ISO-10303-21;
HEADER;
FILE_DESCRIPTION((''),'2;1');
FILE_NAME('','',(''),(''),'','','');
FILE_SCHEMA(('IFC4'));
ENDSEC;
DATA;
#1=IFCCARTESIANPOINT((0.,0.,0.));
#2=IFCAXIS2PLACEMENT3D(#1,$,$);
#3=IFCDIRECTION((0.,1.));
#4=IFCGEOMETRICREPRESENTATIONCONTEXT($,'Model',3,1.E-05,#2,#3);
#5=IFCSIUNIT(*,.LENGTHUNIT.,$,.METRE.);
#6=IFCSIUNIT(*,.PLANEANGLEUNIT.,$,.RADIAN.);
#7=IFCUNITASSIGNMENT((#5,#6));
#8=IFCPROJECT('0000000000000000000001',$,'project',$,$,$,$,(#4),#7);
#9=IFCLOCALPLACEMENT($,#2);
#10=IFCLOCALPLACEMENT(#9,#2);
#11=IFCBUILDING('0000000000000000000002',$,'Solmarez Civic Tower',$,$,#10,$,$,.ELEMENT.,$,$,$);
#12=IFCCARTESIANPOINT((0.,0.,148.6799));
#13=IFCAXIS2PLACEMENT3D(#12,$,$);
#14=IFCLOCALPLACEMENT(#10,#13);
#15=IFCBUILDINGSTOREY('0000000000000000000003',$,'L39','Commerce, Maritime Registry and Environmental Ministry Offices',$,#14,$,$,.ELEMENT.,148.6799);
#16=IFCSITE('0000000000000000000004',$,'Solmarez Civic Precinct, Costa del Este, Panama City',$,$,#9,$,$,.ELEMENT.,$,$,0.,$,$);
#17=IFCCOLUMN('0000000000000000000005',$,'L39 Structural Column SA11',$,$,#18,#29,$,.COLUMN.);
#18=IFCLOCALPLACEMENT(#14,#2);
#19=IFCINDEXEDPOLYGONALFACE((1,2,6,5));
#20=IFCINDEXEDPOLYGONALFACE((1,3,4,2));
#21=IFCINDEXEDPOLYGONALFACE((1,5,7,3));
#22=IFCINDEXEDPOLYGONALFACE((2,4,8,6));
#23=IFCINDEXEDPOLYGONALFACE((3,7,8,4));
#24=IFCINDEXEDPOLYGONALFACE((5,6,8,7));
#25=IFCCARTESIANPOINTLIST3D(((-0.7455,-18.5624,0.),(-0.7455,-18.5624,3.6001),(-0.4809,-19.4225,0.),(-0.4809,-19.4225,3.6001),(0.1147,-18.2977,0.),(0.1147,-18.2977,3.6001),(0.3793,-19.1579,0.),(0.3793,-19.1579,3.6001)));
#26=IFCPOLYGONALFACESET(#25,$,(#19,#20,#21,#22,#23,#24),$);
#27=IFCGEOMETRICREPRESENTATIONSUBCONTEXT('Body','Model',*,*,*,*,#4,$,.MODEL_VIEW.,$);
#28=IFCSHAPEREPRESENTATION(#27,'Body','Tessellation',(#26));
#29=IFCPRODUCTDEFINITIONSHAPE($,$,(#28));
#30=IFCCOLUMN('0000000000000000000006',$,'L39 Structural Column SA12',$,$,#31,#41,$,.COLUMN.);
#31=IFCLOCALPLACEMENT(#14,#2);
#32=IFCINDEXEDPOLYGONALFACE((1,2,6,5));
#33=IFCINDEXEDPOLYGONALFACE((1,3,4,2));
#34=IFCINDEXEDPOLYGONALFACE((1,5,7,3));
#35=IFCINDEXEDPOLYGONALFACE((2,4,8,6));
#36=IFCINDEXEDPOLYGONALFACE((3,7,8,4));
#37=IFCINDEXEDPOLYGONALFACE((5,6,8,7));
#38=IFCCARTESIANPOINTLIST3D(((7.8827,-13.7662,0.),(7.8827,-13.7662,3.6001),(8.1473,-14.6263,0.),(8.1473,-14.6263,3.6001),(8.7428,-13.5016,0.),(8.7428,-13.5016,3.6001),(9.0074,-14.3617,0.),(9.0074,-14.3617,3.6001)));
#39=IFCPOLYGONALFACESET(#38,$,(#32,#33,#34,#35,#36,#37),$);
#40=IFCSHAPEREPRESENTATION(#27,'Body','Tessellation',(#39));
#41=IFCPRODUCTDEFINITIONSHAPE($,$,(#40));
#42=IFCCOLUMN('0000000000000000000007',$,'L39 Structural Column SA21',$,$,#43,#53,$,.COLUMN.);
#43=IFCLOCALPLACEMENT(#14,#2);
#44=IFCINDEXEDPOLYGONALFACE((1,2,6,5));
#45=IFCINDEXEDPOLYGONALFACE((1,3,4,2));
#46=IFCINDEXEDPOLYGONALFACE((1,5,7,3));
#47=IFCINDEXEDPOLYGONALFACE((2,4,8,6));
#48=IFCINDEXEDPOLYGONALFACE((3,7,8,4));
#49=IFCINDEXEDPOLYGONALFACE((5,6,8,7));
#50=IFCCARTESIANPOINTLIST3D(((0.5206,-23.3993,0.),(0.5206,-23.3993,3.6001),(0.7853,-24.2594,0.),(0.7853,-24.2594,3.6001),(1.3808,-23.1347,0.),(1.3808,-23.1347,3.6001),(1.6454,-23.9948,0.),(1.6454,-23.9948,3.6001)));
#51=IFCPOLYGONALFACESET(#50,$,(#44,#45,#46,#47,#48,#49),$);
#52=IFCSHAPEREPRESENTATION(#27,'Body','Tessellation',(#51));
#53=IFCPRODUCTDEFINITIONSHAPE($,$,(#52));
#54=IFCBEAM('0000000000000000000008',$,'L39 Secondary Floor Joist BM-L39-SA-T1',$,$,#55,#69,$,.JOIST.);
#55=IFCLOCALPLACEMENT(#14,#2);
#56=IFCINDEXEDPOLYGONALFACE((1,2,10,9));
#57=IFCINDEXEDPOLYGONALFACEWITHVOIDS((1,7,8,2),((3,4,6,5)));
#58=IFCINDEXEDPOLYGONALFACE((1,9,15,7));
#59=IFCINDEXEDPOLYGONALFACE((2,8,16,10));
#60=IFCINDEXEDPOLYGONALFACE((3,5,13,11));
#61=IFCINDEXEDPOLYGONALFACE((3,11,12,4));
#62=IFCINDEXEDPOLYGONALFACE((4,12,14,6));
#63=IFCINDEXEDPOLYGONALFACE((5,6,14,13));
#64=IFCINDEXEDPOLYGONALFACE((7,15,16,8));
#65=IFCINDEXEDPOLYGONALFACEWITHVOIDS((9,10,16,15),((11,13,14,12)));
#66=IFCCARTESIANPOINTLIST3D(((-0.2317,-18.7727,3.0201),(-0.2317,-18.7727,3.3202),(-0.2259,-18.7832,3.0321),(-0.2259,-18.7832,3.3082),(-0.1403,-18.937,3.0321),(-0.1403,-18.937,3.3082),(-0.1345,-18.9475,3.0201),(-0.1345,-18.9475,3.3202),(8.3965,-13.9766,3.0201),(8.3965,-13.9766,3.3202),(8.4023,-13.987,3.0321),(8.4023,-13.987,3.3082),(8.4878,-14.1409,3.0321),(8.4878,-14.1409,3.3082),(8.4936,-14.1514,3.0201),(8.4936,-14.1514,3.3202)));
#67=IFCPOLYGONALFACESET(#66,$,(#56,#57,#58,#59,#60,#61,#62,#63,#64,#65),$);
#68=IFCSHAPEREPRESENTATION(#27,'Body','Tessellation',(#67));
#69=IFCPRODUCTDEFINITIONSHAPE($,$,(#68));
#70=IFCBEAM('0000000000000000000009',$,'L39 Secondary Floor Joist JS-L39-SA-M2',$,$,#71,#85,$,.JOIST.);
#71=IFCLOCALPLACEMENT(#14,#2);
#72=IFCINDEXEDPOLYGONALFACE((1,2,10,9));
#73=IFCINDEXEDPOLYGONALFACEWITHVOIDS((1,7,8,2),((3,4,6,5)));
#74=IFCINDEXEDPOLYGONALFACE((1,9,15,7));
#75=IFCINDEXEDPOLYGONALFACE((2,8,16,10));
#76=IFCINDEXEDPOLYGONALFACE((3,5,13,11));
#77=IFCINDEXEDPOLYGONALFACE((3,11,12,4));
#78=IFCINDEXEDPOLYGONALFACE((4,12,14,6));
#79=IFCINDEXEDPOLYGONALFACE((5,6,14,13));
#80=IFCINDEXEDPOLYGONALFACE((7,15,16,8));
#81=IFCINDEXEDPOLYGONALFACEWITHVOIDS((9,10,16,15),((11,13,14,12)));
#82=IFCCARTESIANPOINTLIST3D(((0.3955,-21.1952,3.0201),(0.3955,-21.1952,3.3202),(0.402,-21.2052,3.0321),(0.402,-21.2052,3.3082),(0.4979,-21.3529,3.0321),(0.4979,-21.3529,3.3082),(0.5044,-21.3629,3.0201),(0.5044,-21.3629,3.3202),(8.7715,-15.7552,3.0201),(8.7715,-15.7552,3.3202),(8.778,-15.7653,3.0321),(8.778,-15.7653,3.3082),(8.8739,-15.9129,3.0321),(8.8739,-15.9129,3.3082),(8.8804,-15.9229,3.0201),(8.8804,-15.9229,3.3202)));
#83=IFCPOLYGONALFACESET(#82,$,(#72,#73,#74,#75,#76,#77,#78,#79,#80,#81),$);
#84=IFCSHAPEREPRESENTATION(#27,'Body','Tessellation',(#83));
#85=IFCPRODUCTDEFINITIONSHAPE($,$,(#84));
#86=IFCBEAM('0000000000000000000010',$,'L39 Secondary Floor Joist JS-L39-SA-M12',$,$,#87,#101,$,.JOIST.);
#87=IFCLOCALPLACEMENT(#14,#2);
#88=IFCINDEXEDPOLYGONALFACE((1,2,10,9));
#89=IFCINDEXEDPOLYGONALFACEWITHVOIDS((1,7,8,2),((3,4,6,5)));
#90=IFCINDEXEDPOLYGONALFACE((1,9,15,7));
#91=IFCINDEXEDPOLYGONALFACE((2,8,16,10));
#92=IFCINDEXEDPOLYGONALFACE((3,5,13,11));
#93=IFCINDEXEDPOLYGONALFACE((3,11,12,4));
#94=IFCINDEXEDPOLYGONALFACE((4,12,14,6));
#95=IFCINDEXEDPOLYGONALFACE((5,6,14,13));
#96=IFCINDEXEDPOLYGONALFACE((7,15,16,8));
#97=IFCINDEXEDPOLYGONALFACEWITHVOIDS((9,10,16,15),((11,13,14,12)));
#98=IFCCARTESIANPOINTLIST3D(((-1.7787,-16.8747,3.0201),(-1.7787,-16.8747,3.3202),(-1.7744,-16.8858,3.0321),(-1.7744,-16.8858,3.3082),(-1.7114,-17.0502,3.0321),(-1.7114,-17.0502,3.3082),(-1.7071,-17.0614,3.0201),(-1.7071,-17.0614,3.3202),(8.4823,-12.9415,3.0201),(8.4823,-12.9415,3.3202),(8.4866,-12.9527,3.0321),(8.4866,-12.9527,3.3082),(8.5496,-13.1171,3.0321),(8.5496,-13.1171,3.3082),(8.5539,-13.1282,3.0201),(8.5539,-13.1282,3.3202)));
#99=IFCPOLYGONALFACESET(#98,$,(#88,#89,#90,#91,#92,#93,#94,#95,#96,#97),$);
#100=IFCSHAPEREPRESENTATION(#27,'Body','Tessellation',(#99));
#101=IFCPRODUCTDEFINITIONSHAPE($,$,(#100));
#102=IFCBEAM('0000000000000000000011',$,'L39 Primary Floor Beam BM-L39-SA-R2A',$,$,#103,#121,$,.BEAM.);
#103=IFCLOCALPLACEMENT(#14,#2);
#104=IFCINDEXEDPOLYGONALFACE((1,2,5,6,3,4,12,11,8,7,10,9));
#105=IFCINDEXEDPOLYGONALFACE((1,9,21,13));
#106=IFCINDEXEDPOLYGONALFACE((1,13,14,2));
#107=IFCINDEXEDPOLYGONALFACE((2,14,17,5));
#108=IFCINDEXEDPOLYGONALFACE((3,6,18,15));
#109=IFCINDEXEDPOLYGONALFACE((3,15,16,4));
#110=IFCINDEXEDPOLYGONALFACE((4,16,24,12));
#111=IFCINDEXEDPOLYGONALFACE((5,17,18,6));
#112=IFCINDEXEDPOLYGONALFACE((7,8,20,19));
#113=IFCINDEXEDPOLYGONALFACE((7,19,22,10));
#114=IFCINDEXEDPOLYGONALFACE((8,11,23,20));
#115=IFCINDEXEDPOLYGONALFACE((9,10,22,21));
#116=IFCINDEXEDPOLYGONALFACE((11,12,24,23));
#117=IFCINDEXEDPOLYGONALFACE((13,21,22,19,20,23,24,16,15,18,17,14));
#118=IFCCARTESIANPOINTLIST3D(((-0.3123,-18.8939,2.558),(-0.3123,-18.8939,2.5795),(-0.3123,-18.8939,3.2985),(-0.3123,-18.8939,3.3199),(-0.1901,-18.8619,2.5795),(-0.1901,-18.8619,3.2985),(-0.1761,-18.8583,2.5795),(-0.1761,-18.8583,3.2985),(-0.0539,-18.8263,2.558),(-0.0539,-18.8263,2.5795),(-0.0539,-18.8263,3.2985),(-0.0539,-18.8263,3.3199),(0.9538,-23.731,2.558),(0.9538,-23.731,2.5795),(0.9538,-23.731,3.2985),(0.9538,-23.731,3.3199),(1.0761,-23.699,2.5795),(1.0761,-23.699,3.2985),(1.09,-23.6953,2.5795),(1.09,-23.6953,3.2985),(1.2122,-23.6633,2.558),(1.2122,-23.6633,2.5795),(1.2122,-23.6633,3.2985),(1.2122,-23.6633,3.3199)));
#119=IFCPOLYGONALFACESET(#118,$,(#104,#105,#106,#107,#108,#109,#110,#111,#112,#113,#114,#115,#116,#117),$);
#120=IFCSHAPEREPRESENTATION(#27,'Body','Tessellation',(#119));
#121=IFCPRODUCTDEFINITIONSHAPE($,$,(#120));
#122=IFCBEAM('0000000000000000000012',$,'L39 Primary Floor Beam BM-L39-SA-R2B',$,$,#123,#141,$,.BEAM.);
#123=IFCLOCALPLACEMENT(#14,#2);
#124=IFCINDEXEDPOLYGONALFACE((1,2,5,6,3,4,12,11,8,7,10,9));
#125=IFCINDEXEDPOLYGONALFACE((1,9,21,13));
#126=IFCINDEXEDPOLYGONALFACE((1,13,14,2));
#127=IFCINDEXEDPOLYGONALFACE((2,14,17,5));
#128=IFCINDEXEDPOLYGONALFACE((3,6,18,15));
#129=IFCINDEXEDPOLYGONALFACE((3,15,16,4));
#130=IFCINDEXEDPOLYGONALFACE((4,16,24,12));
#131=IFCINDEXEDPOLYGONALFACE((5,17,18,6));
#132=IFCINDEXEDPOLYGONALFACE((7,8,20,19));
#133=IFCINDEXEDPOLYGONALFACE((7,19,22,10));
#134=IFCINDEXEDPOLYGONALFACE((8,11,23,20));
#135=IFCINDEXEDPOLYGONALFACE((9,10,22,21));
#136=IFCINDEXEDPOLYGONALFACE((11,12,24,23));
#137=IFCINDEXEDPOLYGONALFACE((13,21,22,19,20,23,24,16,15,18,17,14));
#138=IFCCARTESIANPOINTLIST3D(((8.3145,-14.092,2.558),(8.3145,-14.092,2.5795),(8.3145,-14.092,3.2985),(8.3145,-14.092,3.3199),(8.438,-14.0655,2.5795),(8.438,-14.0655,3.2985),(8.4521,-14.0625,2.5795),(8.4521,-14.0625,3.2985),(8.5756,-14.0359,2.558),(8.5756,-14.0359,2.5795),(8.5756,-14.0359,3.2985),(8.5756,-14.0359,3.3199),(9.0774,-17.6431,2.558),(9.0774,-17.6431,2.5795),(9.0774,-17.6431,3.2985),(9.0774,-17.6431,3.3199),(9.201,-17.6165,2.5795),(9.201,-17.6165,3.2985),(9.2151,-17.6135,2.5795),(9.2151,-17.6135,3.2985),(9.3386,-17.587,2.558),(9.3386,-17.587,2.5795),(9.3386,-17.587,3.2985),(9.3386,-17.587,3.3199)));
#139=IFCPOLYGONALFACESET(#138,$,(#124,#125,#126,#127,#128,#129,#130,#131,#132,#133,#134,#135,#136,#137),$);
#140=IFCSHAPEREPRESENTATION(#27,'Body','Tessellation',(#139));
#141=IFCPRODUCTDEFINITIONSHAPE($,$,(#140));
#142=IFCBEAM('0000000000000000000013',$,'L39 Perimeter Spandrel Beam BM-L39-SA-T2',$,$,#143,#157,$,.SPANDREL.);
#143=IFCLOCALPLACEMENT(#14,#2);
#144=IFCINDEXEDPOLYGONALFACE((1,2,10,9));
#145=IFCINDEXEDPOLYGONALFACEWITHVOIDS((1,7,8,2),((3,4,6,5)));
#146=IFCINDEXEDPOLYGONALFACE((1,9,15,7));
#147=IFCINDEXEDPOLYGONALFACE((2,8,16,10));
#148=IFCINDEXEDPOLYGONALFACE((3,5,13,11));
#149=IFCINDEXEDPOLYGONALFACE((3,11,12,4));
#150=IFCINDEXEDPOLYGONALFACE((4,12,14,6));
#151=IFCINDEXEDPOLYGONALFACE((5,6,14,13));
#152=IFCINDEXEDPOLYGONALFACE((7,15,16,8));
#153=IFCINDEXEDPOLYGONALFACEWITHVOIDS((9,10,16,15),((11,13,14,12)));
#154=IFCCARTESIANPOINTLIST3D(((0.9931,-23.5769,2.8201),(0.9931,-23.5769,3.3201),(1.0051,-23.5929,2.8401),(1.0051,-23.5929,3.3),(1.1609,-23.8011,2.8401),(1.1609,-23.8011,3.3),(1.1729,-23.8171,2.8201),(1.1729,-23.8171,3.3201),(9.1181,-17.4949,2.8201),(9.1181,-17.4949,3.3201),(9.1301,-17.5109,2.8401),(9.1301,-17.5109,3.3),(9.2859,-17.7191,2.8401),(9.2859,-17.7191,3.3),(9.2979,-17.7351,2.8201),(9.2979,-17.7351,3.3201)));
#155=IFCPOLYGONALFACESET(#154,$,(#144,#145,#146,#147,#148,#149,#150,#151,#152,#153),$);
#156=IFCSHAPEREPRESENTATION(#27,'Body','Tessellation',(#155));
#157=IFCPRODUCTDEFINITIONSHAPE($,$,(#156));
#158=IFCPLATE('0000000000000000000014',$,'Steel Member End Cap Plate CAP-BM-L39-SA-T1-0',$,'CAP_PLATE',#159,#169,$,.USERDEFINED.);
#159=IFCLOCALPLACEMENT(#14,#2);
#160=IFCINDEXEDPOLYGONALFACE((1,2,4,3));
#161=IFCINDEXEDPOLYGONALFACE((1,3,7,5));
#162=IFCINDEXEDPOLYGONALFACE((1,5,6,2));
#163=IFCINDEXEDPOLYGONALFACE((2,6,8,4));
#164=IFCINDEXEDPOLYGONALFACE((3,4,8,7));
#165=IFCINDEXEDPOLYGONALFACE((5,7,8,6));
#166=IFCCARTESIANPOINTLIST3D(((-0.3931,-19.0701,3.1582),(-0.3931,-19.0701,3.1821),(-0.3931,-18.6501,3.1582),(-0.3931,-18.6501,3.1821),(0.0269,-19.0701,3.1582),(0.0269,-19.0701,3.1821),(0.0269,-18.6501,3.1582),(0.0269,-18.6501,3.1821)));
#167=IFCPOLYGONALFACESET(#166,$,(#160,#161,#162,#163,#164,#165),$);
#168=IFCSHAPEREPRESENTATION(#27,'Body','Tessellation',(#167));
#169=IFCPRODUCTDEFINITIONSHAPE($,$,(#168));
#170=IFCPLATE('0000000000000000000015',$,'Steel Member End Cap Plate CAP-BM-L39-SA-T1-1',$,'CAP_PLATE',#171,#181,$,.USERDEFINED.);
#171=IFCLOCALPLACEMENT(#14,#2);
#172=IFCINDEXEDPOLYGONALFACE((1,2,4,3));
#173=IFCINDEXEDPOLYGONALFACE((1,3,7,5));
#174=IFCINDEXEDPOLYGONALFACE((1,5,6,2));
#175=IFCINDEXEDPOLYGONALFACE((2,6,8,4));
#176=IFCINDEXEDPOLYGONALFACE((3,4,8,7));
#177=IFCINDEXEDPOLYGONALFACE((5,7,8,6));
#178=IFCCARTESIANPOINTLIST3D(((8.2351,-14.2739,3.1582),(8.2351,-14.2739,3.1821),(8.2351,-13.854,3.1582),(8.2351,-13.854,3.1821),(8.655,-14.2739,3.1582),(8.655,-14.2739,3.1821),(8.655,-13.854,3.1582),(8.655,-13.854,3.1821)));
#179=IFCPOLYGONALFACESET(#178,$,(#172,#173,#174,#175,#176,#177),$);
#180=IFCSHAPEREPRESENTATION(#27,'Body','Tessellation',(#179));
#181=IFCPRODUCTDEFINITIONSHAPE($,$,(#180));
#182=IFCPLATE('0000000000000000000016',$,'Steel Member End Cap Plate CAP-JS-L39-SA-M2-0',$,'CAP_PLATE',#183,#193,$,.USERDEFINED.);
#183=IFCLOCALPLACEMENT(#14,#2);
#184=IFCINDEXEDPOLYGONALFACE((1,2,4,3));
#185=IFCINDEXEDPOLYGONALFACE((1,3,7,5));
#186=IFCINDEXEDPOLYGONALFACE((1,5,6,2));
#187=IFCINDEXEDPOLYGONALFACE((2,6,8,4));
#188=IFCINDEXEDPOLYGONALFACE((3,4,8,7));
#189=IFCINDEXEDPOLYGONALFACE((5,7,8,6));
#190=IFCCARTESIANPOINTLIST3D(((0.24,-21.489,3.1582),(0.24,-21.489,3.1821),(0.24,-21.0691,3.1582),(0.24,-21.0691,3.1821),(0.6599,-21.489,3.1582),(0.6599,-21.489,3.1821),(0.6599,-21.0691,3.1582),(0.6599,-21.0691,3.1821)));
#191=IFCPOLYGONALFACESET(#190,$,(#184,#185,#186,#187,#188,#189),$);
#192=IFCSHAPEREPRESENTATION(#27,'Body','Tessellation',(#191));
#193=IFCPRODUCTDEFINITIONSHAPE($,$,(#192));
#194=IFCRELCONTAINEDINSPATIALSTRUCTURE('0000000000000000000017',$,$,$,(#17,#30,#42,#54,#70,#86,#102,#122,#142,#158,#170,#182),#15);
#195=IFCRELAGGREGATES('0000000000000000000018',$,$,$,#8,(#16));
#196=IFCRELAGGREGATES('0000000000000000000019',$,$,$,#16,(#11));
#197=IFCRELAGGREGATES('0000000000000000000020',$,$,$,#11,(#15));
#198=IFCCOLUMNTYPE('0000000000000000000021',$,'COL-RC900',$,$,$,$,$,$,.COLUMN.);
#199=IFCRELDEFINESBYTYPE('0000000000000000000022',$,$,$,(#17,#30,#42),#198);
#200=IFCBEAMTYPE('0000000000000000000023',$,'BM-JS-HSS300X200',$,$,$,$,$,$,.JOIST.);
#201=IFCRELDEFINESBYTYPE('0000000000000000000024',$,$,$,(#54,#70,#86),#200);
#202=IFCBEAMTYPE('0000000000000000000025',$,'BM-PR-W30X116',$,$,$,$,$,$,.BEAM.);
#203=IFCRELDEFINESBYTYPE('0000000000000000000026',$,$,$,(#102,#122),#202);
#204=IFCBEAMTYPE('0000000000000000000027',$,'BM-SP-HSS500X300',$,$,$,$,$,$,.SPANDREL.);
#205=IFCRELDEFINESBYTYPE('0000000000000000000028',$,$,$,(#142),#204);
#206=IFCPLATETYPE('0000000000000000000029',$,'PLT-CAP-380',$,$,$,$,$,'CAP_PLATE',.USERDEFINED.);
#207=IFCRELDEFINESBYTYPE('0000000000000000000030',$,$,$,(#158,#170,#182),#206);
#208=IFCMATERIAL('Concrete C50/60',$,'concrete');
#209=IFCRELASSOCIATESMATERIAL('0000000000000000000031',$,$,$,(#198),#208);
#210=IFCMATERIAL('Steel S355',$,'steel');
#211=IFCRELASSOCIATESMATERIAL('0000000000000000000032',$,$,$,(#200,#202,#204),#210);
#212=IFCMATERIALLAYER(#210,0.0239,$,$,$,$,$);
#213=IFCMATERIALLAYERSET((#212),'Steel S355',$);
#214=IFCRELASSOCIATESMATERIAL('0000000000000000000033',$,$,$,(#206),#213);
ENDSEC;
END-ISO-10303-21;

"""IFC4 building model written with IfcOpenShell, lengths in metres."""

from ifc_helpers import new_model, si_unit, direction, frame, origin, origin_2d, place, context, subcontext, project, spatial, rectangle, hollow_rectangle, i_section, extrude, material, layer, layer_set, material_profile, profile_set, type_object, element, save


model = new_model("IFC4")

# Units and contexts
model_context = context("Model", 3, precision=1e-05, world=origin(), true_north=direction((0.0, 1.0)))
body_context = subcontext(model_context, "Body", "Model", "MODEL_VIEW")
ifc_project = project(units=[si_unit("LENGTHUNIT", "METRE"), si_unit("PLANEANGLEUNIT", "RADIAN")], contexts=[model_context])

# Site, building, storey
site_placement = place(None, origin())
site = spatial("IfcSite", under=ifc_project, at=site_placement, Name="Solmarez Civic Precinct, Costa del Este, Panama City", CompositionType="ELEMENT", RefElevation=0.0)
building_placement = place(site_placement, origin())
building = spatial("IfcBuilding", under=site, at=building_placement, Name="Solmarez Civic Tower", CompositionType="ELEMENT")
storey_placement = place(building_placement, frame((0.0, 0.0, 148.6799)))
storey = spatial("IfcBuildingStorey", under=building, at=storey_placement, Name="L39", Description="Commerce, Maritime Registry and Environmental Ministry Offices", CompositionType="ELEMENT", Elevation=148.6799)

# Columns
ifc_material_1 = material(Name="Concrete C50/60", Category="concrete")
ifc_material_profile_1 = material_profile(ifc_material_1, rectangle(XDim=0.8999, YDim=0.8999, at=origin_2d()), Name="RC900X900")
ifc_profile_set_1 = profile_set([ifc_material_profile_1], Name="Concrete C50/60")
column_type = type_object("IfcColumnType", Name="COL-RC900", PredefinedType="COLUMN", material=ifc_profile_set_1)
for number, where, z_axis, x_axis, name in (
    (1, (-0.1831, -18.8601, 0.0), (0.0, 0.0, 1.0), (0.955793, 0.29404, 0.0), "L39 Structural Column SA11"),
    (2, (8.4451, -14.064, 0.0), (0.0, 0.0, 1.0), (0.955793, 0.29404, 0.0), "L39 Structural Column SA12"),
    (3, (1.083, -23.697, 0.0), (0.0, 0.0, 1.0), (0.955793, 0.29404, 0.0), "L39 Structural Column SA21"),
):
    element("IfcColumn", number, at=place(storey_placement, frame(where, z_axis=z_axis, x_axis=x_axis)), inside=storey, type_object=column_type, Name=name, PredefinedType="COLUMN", context=body_context, shape_type="SweptSolid", body=[
        extrude(rectangle(XDim=0.8999, YDim=0.8999, at=origin_2d()), origin(), (0.0, 0.0, 1.0), 3.6001),
    ])

# Beams
ifc_material_2 = material(Name="Steel S355", Category="steel")
ifc_material_profile_2 = material_profile(ifc_material_2, hollow_rectangle(XDim=0.2, YDim=0.3, WallThickness=0.012, at=origin_2d()), Name="HSS300X200X12")
ifc_profile_set_2 = profile_set([ifc_material_profile_2], Name="Steel S355")
beam_type_1 = type_object("IfcBeamType", Name="BM-JS-HSS300X200", PredefinedType="JOIST", material=ifc_profile_set_2)
beam_1_placement = place(storey_placement, frame((-0.1831, -18.8601, 3.1702), z_axis=(0.874041, 0.485853, 0.0), x_axis=(-0.485853, 0.874041, 0.0)))
element("IfcBeam", 4, at=beam_1_placement, inside=storey, type_object=beam_type_1, Name="L39 Secondary Floor Joist BM-L39-SA-T1", PredefinedType="JOIST", context=body_context, shape_type="SweptSolid", body=[
    extrude(hollow_rectangle(XDim=0.2, YDim=0.3, WallThickness=0.012, at=origin_2d()), origin(), (0.0, 0.0, 1.0), 9.8716),
])
beam_2_placement = place(storey_placement, frame((0.45, -21.2791, 3.1702), z_axis=(0.838647, 0.544676, 0.0), x_axis=(-0.544676, 0.838647, 0.0)))
element("IfcBeam", 5, at=beam_2_placement, inside=storey, type_object=beam_type_1, Name="L39 Secondary Floor Joist JS-L39-SA-M2", PredefinedType="JOIST", context=body_context, shape_type="SweptSolid", body=[
    extrude(hollow_rectangle(XDim=0.2, YDim=0.3, WallThickness=0.012, at=origin_2d()), origin(), (0.0, 0.0, 1.0), 9.9875),
])
beam_3_placement = place(storey_placement, frame((-1.7429, -16.968, 3.1702), z_axis=(0.933754, 0.357914, 0.0), x_axis=(-0.357914, 0.933754, 0.0)))
element("IfcBeam", 6, at=beam_3_placement, inside=storey, type_object=beam_type_1, Name="L39 Secondary Floor Joist JS-L39-SA-M12", PredefinedType="JOIST", context=body_context, shape_type="SweptSolid", body=[
    extrude(hollow_rectangle(XDim=0.2, YDim=0.3, WallThickness=0.012, at=origin_2d()), origin(), (0.0, 0.0, 1.0), 10.989),
])
ifc_material_profile_3 = material_profile(ifc_material_2, i_section(OverallWidth=0.2671, OverallDepth=0.762, WebThickness=0.0144, FlangeThickness=0.0215, at=origin_2d()), Name="W30X116")
ifc_profile_set_3 = profile_set([ifc_material_profile_3], Name="Steel S355")
beam_type_2 = type_object("IfcBeamType", Name="BM-PR-W30X116", PredefinedType="BEAM", material=ifc_profile_set_3)
beam_4_placement = place(storey_placement, frame((-0.1831, -18.8601, 2.939), z_axis=(0.253229, -0.967406, 0.0), x_axis=(0.967406, 0.253229, 0.0)))
element("IfcBeam", 7, at=beam_4_placement, inside=storey, type_object=beam_type_2, Name="L39 Primary Floor Beam BM-L39-SA-R2A", PredefinedType="BEAM", context=body_context, shape_type="SweptSolid", body=[
    extrude(i_section(OverallWidth=0.2671, OverallDepth=0.762, WebThickness=0.0144, FlangeThickness=0.0215, at=origin_2d()), origin(), (0.0, 0.0, 1.0), 5.0),
])
beam_5_placement = place(storey_placement, frame((8.4451, -14.064, 2.939), z_axis=(0.210057, -0.977689, 0.0), x_axis=(0.977689, 0.210057, 0.0)))
element("IfcBeam", 8, at=beam_5_placement, inside=storey, type_object=beam_type_2, Name="L39 Primary Floor Beam BM-L39-SA-R2B", PredefinedType="BEAM", context=body_context, shape_type="SweptSolid", body=[
    extrude(i_section(OverallWidth=0.2671, OverallDepth=0.762, WebThickness=0.0144, FlangeThickness=0.0215, at=origin_2d()), origin(), (0.0, 0.0, 1.0), 3.6321),
])
ifc_material_profile_4 = material_profile(ifc_material_2, hollow_rectangle(XDim=0.3, YDim=0.5, WallThickness=0.02, at=origin_2d()), Name="HSS500X300X20")
ifc_profile_set_4 = profile_set([ifc_material_profile_4], Name="Steel S355")
beam_type_3 = type_object("IfcBeamType", Name="BM-SP-HSS500X300", PredefinedType="SPANDREL", material=ifc_profile_set_4)
beam_6_placement = place(storey_placement, frame((1.083, -23.697, 3.0701), z_axis=(0.800554, 0.599261, 0.0), x_axis=(-0.599261, 0.800554, 0.0)))
element("IfcBeam", 9, at=beam_6_placement, inside=storey, type_object=beam_type_3, Name="L39 Perimeter Spandrel Beam BM-L39-SA-T2", PredefinedType="SPANDREL", context=body_context, shape_type="SweptSolid", body=[
    extrude(hollow_rectangle(XDim=0.3, YDim=0.5, WallThickness=0.02, at=origin_2d()), origin(), (0.0, 0.0, 1.0), 10.1492),
])

# Plates
ifc_layer_1 = layer(ifc_material_2, 0.0239)
ifc_layer_set_1 = layer_set([ifc_layer_1], Name="Steel S355")
plate_type_1 = type_object("IfcPlateType", Name="PLT-CAP-380", ElementType="CAP_PLATE", PredefinedType="USERDEFINED", material=ifc_layer_set_1)
for number, where, z_axis, x_axis, name in (
    (10, (-0.1831, -18.8601, 3.1582), (0.0, 0.0, 1.0), (1.0, 0.0, 0.0), "Steel Member End Cap Plate CAP-BM-L39-SA-T1-0"),
    (11, (8.4451, -14.064, 3.1582), (0.0, 0.0, 1.0), (1.0, 0.0, 0.0), "Steel Member End Cap Plate CAP-BM-L39-SA-T1-1"),
    (12, (0.45, -21.2791, 3.1582), (0.0, 0.0, 1.0), (1.0, 0.0, 0.0), "Steel Member End Cap Plate CAP-JS-L39-SA-M2-0"),
):
    element("IfcPlate", number, at=place(storey_placement, frame(where, z_axis=z_axis, x_axis=x_axis)), inside=storey, type_object=plate_type_1, Name=name, ObjectType="CAP_PLATE", PredefinedType="USERDEFINED", context=body_context, shape_type="SweptSolid", body=[
        extrude(rectangle(XDim=0.4199, YDim=0.4199, at=origin_2d()), origin(), (0.0, 0.0, 1.0), 0.0239),
    ])

save(model, "model.ifc")
